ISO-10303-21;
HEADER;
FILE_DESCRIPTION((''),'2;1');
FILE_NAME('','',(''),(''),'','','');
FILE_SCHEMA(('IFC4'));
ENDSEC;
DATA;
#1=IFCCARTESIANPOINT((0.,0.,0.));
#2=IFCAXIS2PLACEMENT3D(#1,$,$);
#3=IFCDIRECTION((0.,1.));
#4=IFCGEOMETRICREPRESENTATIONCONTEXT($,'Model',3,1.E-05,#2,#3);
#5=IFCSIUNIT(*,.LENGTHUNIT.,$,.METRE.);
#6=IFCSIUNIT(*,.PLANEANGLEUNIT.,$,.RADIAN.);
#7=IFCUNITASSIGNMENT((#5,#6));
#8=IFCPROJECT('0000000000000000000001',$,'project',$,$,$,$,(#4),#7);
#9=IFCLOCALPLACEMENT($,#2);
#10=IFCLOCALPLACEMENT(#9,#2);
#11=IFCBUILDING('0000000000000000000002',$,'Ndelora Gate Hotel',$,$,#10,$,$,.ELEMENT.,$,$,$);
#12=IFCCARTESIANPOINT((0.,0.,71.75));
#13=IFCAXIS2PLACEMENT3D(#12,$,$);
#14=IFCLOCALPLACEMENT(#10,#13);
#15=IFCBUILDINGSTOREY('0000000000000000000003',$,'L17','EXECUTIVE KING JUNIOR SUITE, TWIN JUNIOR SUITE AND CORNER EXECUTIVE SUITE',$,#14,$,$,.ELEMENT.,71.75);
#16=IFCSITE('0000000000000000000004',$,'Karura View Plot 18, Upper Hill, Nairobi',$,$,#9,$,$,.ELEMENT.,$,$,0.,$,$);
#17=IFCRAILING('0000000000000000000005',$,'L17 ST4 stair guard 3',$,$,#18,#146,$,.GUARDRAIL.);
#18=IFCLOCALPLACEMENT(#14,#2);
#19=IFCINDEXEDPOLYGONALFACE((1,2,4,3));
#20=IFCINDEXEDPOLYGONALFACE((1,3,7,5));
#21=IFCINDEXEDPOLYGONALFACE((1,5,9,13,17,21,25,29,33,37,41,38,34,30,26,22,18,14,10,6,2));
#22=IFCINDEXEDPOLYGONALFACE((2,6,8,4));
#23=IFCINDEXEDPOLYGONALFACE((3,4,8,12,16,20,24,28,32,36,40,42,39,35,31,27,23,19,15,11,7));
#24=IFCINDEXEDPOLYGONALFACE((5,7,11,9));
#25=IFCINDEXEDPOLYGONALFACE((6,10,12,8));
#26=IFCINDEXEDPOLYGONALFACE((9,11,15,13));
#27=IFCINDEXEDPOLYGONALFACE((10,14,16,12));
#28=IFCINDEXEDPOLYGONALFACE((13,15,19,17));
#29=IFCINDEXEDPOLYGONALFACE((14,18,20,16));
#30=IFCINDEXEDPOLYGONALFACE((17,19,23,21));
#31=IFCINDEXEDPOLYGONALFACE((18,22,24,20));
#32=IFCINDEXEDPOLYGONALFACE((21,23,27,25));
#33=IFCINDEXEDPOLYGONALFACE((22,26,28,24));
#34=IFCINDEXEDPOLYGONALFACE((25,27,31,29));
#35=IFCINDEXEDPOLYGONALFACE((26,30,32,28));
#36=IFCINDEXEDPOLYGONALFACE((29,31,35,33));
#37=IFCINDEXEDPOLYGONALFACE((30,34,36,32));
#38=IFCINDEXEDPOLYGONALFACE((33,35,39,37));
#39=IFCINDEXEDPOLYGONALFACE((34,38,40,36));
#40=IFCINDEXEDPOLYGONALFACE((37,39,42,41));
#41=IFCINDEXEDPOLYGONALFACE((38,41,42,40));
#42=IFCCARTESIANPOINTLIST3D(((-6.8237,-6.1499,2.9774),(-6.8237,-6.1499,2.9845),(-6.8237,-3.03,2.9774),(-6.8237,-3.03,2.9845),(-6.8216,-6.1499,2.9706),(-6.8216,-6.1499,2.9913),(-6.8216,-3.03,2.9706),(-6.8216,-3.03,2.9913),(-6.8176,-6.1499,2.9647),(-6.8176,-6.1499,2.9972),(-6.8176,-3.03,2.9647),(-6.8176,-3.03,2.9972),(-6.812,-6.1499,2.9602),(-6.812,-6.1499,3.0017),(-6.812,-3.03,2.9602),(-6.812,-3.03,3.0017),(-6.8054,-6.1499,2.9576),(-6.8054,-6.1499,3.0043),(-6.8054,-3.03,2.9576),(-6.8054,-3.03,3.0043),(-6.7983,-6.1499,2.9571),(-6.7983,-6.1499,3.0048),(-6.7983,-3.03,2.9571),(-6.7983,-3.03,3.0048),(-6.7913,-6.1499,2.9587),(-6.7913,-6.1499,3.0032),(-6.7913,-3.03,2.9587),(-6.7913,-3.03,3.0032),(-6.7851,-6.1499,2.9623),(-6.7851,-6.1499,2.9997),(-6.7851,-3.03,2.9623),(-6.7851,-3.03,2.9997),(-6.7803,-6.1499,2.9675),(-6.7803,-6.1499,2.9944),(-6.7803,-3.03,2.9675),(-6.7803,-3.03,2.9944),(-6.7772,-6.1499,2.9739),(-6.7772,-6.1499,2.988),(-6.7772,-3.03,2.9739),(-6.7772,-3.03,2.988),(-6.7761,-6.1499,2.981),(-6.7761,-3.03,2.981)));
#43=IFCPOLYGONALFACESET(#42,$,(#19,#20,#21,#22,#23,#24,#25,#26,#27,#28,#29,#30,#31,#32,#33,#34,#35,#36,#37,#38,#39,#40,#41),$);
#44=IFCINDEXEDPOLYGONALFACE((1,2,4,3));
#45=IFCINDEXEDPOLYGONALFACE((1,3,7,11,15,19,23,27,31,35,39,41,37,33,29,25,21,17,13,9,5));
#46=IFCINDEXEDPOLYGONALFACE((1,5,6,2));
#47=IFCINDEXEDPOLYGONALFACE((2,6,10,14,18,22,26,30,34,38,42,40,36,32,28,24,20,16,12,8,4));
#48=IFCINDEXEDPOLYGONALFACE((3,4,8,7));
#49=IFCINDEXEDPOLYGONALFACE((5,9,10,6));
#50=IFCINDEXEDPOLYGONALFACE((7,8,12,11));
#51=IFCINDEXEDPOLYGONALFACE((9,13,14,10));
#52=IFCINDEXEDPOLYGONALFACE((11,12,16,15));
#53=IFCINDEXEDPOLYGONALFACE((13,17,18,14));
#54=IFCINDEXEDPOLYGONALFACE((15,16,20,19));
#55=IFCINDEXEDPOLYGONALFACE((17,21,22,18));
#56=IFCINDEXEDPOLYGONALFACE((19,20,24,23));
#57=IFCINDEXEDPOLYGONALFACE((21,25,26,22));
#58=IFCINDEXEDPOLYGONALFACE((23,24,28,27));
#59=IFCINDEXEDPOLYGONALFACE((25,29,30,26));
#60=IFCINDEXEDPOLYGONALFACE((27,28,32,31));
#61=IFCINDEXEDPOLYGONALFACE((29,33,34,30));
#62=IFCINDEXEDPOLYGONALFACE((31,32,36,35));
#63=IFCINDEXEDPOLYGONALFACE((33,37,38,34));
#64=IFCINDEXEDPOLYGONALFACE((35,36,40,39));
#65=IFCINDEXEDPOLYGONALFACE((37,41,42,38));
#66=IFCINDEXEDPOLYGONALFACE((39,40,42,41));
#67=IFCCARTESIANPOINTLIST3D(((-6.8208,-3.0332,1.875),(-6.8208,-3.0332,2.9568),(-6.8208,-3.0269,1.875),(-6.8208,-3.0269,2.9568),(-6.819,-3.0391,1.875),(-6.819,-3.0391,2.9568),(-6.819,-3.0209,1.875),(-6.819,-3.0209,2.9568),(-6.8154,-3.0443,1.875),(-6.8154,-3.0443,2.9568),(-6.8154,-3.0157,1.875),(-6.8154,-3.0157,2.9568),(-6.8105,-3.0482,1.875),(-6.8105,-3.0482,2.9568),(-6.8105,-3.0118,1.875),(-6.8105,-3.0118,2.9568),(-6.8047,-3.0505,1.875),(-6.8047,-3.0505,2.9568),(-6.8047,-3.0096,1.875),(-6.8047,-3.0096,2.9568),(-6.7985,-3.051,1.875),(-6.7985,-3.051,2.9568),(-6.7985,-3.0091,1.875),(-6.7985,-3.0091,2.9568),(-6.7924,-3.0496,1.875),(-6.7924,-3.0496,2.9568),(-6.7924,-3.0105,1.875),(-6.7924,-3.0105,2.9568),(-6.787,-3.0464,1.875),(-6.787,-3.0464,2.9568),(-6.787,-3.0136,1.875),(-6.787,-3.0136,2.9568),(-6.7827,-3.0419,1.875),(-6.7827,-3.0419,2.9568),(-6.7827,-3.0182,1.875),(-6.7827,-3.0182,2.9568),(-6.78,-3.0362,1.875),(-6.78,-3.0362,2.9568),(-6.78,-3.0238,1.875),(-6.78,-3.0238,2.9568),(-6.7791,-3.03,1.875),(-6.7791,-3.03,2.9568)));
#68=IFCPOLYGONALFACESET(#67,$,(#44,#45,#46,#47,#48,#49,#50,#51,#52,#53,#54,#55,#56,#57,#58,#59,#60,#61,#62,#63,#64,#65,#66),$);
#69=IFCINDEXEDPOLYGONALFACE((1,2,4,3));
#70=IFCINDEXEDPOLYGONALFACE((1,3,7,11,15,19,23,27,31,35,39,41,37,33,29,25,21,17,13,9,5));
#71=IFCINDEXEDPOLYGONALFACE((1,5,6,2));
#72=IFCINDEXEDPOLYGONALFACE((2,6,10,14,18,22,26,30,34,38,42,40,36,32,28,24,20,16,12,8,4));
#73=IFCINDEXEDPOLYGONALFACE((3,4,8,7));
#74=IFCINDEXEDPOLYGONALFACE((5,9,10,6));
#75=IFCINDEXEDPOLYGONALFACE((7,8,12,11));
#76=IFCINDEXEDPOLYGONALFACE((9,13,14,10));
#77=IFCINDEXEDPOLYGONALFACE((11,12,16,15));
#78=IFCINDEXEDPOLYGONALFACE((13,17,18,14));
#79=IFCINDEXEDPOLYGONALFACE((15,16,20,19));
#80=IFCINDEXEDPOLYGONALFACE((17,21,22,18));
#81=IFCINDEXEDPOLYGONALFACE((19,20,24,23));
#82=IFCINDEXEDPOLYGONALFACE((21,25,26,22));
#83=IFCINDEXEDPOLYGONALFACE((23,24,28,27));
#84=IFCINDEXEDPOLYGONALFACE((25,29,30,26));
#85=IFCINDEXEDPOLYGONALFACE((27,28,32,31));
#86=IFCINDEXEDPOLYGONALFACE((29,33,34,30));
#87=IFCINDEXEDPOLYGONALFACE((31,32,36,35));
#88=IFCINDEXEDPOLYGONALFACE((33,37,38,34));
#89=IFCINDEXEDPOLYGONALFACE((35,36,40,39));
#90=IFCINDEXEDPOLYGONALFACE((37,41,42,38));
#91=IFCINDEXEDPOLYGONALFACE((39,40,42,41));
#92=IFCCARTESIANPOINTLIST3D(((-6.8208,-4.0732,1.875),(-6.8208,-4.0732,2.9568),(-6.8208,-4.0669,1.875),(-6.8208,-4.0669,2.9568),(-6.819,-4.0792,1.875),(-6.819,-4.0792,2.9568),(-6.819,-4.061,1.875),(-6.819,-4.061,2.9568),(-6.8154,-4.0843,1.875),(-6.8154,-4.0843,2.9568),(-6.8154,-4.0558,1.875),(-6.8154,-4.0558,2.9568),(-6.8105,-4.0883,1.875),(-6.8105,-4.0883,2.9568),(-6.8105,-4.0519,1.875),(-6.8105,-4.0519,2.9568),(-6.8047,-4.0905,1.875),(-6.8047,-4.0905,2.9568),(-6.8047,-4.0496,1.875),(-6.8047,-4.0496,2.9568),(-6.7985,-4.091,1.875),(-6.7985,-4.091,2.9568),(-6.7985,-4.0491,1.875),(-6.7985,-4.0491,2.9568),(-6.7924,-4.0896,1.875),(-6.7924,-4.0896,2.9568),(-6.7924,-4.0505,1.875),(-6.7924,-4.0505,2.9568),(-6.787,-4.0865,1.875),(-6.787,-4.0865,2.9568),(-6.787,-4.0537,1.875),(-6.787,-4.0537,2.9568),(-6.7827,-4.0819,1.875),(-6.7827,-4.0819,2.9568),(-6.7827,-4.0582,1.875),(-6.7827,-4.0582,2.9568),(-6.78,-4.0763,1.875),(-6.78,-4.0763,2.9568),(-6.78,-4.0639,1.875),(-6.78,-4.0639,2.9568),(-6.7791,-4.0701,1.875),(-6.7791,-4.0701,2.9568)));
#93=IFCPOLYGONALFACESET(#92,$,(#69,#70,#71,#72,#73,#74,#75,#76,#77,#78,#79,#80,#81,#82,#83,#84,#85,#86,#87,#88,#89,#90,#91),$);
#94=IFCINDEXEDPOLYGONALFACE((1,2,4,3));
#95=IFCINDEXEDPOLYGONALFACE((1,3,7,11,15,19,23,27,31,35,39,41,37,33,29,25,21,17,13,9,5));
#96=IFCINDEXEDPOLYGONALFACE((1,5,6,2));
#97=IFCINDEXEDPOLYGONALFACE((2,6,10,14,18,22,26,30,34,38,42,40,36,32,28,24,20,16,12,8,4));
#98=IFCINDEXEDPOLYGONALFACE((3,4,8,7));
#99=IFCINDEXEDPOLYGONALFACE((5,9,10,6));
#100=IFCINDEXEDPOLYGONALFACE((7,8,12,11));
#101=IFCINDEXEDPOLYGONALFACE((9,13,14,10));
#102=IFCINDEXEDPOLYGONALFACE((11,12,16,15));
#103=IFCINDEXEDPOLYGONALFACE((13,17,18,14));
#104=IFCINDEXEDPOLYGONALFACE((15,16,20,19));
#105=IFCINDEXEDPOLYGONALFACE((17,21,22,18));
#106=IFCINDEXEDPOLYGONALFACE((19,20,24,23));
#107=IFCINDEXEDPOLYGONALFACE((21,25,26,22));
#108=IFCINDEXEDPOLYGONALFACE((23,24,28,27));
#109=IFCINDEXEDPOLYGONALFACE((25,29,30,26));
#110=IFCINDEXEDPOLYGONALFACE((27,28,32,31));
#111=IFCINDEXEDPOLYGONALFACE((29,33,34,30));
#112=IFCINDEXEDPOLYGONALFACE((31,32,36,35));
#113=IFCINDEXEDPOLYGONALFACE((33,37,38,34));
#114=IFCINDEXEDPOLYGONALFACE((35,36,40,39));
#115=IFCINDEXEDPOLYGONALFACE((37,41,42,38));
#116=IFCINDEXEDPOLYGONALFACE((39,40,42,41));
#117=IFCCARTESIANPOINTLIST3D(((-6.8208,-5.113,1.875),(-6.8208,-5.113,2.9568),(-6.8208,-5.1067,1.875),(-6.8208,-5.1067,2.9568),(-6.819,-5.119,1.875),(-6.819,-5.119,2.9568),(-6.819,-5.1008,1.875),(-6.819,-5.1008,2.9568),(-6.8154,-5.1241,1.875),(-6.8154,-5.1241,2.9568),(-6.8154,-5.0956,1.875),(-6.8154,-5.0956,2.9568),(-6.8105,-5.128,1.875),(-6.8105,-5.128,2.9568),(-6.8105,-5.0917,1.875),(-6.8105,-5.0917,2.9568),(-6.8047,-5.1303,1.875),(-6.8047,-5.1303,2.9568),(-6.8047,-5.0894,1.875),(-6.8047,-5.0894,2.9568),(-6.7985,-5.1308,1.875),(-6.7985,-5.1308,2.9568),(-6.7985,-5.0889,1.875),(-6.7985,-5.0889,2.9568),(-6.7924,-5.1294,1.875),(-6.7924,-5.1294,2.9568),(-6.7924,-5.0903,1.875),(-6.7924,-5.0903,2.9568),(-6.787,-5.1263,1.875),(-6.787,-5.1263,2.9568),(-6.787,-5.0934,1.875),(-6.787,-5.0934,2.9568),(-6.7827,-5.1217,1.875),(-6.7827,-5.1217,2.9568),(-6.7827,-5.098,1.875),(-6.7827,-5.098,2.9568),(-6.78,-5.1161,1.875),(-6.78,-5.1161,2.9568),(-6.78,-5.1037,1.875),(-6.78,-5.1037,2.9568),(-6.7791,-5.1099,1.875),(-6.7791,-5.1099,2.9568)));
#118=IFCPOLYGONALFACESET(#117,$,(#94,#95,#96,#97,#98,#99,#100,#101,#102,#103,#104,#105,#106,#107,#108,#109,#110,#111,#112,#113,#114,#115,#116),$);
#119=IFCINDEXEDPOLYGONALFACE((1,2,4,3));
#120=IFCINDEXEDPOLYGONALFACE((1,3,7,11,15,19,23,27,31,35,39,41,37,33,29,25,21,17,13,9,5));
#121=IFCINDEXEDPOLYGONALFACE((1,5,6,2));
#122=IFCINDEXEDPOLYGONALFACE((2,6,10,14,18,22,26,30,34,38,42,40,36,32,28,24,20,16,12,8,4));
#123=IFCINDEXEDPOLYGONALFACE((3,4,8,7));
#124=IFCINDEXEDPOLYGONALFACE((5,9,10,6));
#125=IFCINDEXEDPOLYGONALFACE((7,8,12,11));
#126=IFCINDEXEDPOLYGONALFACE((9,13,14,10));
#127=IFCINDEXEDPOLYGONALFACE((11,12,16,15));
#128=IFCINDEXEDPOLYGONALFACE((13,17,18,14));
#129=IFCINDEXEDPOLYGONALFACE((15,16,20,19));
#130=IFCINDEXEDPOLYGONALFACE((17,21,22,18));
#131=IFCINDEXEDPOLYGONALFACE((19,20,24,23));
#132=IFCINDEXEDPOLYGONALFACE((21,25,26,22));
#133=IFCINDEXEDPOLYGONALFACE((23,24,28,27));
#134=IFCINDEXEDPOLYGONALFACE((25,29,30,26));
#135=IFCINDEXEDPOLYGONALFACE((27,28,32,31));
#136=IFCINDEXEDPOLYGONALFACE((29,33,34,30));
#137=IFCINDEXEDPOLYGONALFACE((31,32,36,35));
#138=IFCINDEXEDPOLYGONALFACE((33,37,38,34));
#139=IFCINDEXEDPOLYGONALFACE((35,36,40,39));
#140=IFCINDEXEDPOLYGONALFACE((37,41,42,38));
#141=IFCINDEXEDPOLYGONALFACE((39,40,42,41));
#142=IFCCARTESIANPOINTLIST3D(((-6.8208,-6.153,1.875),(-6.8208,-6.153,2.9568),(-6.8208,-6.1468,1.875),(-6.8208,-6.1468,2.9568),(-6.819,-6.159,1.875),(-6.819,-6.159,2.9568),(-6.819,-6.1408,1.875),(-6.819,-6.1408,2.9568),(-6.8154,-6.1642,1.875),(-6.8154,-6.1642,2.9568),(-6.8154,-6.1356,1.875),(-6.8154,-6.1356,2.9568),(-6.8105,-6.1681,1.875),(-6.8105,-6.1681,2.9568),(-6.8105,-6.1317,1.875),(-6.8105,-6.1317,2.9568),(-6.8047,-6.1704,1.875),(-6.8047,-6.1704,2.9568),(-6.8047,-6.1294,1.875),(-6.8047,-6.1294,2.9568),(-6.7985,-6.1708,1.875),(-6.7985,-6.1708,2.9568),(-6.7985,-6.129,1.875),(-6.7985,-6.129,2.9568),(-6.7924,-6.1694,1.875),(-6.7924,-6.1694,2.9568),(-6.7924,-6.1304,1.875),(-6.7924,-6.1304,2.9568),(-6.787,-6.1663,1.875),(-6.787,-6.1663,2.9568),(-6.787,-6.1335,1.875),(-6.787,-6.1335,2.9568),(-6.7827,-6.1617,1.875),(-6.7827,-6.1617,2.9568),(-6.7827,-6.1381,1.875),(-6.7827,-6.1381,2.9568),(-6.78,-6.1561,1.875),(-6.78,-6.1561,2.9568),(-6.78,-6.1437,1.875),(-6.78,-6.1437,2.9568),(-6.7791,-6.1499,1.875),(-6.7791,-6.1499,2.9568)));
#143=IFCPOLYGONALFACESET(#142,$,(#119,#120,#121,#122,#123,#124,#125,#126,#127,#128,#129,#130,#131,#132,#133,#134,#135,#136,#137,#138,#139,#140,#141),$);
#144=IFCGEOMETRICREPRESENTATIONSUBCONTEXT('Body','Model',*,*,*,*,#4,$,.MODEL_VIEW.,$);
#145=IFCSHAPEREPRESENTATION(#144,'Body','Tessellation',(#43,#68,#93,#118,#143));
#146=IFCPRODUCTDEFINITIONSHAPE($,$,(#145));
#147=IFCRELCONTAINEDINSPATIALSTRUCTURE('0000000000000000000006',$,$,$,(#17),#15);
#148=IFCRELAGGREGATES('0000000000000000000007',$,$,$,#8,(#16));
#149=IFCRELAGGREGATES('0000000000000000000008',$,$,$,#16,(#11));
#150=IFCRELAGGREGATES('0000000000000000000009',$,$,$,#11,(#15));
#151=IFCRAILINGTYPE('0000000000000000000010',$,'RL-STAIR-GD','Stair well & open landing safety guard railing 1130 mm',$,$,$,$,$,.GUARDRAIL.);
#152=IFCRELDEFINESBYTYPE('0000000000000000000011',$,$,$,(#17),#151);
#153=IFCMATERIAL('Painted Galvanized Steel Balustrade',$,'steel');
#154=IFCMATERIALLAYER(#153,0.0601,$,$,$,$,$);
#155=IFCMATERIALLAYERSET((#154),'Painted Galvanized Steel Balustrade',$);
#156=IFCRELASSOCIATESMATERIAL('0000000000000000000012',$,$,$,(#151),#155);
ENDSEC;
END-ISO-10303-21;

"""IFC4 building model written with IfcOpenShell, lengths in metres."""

from ifc_helpers import new_model, si_unit, direction, frame, origin, origin_2d, place, context, subcontext, project, spatial, circle, extrude, material, layer, layer_set, type_object, element, save


model = new_model("IFC4")

# Units and contexts
model_context = context("Model", 3, precision=1e-05, world=origin(), true_north=direction((0.0, 1.0)))
body_context = subcontext(model_context, "Body", "Model", "MODEL_VIEW")
ifc_project = project(units=[si_unit("LENGTHUNIT", "METRE"), si_unit("PLANEANGLEUNIT", "RADIAN")], contexts=[model_context])

# Site, building, storey
site_placement = place(None, origin())
site = spatial("IfcSite", under=ifc_project, at=site_placement, Name="Karura View Plot 18, Upper Hill, Nairobi", CompositionType="ELEMENT", RefElevation=0.0)
building_placement = place(site_placement, origin())
building = spatial("IfcBuilding", under=site, at=building_placement, Name="Ndelora Gate Hotel", CompositionType="ELEMENT")
storey_placement = place(building_placement, frame((0.0, 0.0, 71.75)))
storey = spatial("IfcBuildingStorey", under=building, at=storey_placement, Name="L17", Description="EXECUTIVE KING JUNIOR SUITE, TWIN JUNIOR SUITE AND CORNER EXECUTIVE SUITE", CompositionType="ELEMENT", Elevation=71.75)

# Railing
ifc_material_1 = material(Name="Painted Galvanized Steel Balustrade", Category="steel")
ifc_layer_1 = layer(ifc_material_1, 0.0601)
ifc_layer_set_1 = layer_set([ifc_layer_1], Name="Painted Galvanized Steel Balustrade")
railing_type_1 = type_object("IfcRailingType", Name="RL-STAIR-GD", Description="Stair well & open landing safety guard railing 1130 mm", PredefinedType="GUARDRAIL", material=ifc_layer_set_1)
for number, where, name in (
    (1, (-6.8, -3.03, 1.875), "L17 ST4 stair guard 3"),
):
    element("IfcRailing", number, at=place(storey_placement, frame(where)), inside=storey, type_object=railing_type_1, Name=name, PredefinedType="GUARDRAIL", context=body_context, shape_type="SweptSolid", body=[
        extrude(circle(Radius=0.0239, at=origin_2d()), frame((0.0, 0.0, 1.106), z_axis=(0.0, -1.0, 0.0), x_axis=(1.0, 0.0, 0.0)), (0.0, 0.0, 1.0), 3.1199),
        extrude(circle(Radius=0.021, at=origin_2d()), origin(), (0.0, 0.0, 1.0), 1.0818),
        extrude(circle(Radius=0.021, at=origin_2d()), frame((0.0, -1.04, 0.0)), (0.0, 0.0, 1.0), 1.0818),
        extrude(circle(Radius=0.021, at=origin_2d()), frame((0.0, -2.0798, 0.0)), (0.0, 0.0, 1.0), 1.0818),
        extrude(circle(Radius=0.021, at=origin_2d()), frame((0.0, -3.1199, 0.0)), (0.0, 0.0, 1.0), 1.0818),
    ])

save(model, "model.ifc")
